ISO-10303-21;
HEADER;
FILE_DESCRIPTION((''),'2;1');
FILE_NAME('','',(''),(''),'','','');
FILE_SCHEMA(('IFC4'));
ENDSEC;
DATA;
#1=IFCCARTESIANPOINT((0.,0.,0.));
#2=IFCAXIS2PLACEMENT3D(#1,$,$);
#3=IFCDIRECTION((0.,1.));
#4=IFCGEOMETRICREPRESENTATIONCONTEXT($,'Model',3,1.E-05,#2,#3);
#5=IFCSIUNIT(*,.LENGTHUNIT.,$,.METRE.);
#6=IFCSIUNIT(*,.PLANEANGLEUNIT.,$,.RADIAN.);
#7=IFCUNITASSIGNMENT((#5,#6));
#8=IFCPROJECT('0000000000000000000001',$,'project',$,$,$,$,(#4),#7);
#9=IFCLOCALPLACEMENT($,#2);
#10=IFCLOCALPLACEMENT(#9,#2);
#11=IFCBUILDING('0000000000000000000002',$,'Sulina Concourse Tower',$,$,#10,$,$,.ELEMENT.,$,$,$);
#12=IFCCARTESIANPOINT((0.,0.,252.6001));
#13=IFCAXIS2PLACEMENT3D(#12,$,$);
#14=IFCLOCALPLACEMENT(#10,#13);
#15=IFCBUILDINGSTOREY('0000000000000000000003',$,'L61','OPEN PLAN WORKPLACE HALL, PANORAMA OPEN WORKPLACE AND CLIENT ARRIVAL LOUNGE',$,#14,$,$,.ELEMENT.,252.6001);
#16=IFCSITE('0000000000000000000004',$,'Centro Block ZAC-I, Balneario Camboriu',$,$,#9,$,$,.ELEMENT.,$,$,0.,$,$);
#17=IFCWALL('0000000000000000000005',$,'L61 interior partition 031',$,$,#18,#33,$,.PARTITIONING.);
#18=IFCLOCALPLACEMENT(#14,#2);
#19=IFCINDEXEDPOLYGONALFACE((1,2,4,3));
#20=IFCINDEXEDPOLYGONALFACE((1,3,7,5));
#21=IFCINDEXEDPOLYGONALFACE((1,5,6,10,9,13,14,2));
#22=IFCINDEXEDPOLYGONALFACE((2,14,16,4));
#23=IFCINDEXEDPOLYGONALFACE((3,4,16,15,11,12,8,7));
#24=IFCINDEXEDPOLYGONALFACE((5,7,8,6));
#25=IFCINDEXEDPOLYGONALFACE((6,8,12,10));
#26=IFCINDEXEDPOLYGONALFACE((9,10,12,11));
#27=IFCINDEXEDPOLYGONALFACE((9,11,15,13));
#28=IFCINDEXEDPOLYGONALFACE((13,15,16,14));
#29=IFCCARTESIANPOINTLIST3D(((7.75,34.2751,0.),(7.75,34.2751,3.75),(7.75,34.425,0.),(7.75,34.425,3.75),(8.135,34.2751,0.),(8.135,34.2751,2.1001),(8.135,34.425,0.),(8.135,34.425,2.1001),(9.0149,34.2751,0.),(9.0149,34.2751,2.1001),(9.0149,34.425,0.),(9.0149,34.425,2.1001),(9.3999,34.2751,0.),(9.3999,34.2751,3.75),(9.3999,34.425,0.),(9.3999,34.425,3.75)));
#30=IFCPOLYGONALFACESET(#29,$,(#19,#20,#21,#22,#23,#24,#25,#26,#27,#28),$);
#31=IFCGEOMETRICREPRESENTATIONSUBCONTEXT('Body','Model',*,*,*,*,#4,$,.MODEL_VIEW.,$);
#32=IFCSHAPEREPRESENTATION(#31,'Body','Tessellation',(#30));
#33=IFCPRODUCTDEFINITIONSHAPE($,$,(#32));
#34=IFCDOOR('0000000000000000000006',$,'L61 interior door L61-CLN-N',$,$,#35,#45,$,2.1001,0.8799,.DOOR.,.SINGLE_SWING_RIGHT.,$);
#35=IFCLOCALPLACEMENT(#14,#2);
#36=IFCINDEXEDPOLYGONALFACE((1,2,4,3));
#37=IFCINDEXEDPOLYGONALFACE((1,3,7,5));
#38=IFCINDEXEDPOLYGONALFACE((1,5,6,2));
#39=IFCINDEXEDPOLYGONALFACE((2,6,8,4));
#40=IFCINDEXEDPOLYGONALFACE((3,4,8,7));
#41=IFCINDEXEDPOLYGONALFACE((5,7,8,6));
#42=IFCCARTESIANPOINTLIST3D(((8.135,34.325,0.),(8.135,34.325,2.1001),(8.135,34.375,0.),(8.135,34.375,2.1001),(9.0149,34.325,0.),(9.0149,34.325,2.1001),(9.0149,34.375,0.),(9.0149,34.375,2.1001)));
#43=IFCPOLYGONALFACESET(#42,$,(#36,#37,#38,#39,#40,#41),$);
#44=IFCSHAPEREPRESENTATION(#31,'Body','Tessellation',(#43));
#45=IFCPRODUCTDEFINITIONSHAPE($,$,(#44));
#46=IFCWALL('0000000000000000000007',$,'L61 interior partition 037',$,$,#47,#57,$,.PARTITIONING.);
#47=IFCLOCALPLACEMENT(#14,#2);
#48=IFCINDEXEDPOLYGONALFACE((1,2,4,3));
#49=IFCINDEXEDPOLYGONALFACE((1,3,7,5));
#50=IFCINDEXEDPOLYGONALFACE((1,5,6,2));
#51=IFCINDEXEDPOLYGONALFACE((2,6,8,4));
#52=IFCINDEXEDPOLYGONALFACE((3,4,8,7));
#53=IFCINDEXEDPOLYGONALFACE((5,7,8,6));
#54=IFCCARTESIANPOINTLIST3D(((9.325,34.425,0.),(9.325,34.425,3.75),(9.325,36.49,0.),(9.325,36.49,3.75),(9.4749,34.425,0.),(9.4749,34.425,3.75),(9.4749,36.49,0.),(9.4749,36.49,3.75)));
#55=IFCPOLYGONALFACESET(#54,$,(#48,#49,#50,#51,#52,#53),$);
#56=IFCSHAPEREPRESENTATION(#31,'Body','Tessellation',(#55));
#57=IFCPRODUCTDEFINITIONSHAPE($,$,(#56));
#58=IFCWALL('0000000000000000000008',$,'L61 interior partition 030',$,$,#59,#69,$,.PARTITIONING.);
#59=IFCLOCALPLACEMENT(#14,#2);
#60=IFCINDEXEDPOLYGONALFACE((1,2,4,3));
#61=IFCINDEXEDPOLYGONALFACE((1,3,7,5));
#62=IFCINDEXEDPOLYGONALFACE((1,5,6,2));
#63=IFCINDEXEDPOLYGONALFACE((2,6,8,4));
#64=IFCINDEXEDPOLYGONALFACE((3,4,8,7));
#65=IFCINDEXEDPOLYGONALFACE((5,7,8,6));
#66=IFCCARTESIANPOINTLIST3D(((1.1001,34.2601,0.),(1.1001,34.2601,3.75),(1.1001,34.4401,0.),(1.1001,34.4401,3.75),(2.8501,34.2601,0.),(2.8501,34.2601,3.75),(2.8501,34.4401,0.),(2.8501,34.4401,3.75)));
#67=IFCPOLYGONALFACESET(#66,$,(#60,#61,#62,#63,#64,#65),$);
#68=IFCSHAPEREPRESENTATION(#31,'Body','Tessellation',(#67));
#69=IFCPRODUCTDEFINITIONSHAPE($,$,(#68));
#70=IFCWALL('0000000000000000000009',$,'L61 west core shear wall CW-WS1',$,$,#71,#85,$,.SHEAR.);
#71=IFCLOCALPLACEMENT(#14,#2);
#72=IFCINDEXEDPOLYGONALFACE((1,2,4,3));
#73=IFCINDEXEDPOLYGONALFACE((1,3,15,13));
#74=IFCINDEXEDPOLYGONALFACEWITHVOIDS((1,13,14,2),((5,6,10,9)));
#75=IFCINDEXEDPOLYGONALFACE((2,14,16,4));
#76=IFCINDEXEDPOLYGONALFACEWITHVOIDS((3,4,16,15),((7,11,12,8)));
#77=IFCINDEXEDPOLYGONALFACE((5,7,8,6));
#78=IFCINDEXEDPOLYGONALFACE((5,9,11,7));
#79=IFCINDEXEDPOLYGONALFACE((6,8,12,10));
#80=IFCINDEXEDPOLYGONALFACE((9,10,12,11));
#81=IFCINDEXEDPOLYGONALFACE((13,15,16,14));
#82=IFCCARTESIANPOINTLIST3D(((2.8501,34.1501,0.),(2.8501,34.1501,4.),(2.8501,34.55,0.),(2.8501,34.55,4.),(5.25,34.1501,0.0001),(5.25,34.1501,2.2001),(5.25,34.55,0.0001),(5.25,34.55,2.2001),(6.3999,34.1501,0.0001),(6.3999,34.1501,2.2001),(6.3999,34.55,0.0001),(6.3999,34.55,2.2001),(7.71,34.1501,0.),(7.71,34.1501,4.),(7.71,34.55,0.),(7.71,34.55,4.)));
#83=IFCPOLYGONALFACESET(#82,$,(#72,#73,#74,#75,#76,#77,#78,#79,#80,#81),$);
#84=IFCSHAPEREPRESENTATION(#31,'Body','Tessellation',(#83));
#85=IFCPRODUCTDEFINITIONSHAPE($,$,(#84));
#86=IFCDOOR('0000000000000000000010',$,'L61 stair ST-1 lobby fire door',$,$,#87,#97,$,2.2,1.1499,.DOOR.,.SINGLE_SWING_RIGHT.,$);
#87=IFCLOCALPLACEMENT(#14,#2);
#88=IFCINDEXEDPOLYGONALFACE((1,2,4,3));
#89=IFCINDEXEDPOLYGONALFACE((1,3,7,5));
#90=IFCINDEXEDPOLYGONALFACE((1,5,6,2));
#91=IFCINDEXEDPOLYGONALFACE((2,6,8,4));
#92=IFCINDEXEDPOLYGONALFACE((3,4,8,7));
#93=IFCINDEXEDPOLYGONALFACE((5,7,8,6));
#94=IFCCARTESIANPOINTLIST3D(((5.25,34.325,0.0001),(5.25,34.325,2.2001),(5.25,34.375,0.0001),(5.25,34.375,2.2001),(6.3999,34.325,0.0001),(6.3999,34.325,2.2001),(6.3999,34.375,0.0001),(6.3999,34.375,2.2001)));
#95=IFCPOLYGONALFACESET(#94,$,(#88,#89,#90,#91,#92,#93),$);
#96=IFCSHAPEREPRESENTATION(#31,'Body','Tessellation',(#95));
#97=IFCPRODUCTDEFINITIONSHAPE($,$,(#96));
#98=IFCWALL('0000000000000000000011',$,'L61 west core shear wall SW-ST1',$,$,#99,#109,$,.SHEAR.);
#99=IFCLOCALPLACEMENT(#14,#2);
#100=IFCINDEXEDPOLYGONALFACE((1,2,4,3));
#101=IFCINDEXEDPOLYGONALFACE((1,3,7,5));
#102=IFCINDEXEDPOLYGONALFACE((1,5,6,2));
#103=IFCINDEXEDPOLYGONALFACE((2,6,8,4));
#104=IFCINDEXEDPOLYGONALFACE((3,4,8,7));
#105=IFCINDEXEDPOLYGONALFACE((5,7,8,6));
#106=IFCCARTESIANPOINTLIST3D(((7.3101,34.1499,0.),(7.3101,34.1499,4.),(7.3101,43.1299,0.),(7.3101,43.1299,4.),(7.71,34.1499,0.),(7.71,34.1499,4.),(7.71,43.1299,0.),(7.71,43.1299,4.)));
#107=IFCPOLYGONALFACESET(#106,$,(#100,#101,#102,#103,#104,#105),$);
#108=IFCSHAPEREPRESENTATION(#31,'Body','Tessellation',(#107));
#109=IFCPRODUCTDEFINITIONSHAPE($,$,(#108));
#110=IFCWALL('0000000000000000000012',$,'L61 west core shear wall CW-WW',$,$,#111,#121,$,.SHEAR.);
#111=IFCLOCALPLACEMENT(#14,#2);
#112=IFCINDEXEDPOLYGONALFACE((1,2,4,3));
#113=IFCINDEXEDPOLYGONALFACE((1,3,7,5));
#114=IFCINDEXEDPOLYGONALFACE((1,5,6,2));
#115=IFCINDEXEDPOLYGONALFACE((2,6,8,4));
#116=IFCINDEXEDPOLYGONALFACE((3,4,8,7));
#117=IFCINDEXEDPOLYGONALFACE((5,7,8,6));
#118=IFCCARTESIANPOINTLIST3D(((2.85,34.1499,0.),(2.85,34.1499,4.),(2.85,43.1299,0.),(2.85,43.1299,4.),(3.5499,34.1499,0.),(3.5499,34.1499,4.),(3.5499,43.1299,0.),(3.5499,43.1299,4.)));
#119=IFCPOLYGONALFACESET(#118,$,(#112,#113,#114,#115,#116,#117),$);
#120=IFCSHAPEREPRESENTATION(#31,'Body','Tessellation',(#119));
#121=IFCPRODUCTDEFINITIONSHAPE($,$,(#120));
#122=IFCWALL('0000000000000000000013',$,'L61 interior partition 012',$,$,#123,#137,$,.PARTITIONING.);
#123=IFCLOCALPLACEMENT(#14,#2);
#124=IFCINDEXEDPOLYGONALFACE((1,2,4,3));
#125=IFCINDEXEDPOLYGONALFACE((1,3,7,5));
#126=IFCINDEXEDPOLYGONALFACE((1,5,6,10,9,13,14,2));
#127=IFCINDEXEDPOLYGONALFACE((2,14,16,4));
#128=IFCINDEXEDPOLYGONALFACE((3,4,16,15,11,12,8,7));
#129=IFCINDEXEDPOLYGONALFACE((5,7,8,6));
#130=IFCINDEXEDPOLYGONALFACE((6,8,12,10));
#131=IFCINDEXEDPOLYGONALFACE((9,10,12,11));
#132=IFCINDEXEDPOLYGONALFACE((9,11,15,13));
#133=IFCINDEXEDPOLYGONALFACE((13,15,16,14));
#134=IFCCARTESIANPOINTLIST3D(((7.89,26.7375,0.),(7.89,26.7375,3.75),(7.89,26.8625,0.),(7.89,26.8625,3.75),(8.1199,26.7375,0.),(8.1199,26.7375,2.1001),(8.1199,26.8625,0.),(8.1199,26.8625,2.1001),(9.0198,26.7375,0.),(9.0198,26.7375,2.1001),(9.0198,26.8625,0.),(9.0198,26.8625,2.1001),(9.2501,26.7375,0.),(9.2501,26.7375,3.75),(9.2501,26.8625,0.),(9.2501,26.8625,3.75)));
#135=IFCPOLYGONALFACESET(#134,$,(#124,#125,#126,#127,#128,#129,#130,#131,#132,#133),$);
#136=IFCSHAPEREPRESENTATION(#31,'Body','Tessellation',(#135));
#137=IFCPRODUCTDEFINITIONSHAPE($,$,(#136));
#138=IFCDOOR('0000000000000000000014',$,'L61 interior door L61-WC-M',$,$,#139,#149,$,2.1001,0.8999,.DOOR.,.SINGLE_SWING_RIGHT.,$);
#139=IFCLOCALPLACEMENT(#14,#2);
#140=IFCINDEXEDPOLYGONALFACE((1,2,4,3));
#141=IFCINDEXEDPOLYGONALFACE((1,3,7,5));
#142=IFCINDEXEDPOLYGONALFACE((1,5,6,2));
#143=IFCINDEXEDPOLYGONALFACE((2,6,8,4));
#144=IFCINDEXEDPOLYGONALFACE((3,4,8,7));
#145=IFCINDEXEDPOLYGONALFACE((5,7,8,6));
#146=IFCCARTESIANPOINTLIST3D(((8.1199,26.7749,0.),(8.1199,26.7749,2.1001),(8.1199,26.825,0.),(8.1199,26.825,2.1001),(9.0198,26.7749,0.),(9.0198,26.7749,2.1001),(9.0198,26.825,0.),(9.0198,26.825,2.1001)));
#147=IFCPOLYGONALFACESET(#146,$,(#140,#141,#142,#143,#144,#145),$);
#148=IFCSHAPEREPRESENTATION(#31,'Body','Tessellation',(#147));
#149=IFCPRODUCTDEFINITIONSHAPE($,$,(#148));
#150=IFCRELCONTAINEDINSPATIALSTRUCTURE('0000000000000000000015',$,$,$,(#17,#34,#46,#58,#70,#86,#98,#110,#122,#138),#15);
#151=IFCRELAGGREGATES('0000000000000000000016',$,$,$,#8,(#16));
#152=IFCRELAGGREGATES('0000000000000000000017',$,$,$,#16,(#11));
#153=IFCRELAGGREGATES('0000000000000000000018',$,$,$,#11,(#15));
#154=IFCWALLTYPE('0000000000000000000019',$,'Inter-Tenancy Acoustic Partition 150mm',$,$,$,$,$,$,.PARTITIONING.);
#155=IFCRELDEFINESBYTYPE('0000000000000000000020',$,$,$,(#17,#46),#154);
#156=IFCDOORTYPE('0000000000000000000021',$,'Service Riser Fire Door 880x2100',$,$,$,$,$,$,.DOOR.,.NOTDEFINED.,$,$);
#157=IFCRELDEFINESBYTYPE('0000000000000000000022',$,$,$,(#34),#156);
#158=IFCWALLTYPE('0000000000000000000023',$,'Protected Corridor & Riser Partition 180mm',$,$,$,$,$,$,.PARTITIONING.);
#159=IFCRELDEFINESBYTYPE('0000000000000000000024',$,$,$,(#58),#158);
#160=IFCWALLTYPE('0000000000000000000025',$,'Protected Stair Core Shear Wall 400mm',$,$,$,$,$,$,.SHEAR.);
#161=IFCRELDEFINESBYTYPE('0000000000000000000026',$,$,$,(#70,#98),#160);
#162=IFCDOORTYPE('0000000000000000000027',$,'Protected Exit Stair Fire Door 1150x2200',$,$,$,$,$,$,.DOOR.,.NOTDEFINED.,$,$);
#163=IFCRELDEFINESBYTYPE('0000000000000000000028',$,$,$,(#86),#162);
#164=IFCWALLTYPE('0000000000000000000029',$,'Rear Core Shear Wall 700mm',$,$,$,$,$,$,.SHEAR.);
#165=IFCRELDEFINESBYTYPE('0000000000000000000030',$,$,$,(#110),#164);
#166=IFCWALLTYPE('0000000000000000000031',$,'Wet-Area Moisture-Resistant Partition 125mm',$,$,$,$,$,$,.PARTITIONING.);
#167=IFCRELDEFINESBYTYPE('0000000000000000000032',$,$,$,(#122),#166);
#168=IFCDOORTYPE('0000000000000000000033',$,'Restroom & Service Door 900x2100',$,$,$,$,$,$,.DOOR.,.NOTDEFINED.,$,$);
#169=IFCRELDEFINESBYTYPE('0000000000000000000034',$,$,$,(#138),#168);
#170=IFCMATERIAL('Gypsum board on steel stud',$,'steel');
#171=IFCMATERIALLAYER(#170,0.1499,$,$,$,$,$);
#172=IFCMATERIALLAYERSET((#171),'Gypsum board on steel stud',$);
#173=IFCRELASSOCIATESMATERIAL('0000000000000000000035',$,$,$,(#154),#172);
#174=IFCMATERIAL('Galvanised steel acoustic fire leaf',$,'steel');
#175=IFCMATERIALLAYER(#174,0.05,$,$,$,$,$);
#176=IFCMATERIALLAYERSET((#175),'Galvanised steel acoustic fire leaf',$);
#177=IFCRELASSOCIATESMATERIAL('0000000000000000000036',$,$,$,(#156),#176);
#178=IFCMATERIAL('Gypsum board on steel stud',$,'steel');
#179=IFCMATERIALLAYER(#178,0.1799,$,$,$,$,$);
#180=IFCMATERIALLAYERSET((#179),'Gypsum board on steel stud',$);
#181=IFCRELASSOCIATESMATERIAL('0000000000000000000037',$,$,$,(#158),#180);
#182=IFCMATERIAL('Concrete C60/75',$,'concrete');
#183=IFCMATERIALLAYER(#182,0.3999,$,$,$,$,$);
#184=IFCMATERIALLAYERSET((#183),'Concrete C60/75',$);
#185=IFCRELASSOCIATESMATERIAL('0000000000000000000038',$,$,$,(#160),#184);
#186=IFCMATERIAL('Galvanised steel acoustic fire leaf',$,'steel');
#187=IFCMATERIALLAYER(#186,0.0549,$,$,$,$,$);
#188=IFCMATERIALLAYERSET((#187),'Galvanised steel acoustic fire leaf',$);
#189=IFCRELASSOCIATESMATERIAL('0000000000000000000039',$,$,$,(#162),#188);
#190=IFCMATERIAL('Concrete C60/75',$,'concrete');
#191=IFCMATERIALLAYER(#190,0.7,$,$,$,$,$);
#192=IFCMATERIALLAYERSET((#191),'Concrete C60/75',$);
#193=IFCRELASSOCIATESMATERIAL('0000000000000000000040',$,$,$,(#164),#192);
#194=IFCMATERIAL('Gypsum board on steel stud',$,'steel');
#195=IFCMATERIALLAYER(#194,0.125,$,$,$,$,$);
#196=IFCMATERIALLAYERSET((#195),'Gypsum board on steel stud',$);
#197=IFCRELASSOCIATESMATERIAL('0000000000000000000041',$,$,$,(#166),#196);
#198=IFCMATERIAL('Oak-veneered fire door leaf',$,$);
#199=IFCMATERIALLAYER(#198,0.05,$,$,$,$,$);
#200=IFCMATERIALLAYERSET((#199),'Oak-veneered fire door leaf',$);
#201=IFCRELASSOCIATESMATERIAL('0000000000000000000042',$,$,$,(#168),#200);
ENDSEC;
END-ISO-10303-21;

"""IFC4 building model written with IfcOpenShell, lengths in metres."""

from ifc_helpers import new_model, si_unit, direction, frame, frame_2d, origin, place, context, subcontext, project, spatial, rectangle, extrude, material, layer, layer_set, type_object, element, fill, save


model = new_model("IFC4")

# Units and contexts
model_context = context("Model", 3, precision=1e-05, world=origin(), true_north=direction((0.0, 1.0)))
body_context = subcontext(model_context, "Body", "Model", "MODEL_VIEW")
ifc_project = project(units=[si_unit("LENGTHUNIT", "METRE"), si_unit("PLANEANGLEUNIT", "RADIAN")], contexts=[model_context])

# Site, building, storey
site_placement = place(None, origin())
site = spatial("IfcSite", under=ifc_project, at=site_placement, Name="Centro Block ZAC-I, Balneario Camboriu", CompositionType="ELEMENT", RefElevation=0.0)
building_placement = place(site_placement, origin())
building = spatial("IfcBuilding", under=site, at=building_placement, Name="Sulina Concourse Tower", CompositionType="ELEMENT")
storey_placement = place(building_placement, frame((0.0, 0.0, 252.6001)))
storey = spatial("IfcBuildingStorey", under=building, at=storey_placement, Name="L61", Description="OPEN PLAN WORKPLACE HALL, PANORAMA OPEN WORKPLACE AND CLIENT ARRIVAL LOUNGE", CompositionType="ELEMENT", Elevation=252.6001)

# Wall, opening, door
ifc_material_1 = material(Name="Gypsum board on steel stud", Category="steel")
ifc_layer_1 = layer(ifc_material_1, 0.1499)
ifc_layer_set_1 = layer_set([ifc_layer_1], Name="Gypsum board on steel stud")
wall_type_1 = type_object("IfcWallType", Name="Inter-Tenancy Acoustic Partition 150mm", PredefinedType="PARTITIONING", material=ifc_layer_set_1)
wall_1_placement = place(storey_placement, frame((7.75, 34.3501, 0.0), z_axis=(0.0, 0.0, 1.0), x_axis=(1.0, 0.0, 0.0)))
wall_1 = element("IfcWall", 1, at=wall_1_placement, inside=storey, type_object=wall_type_1, Name="L61 interior partition 031", PredefinedType="PARTITIONING", context=body_context, shape_type="SweptSolid", body=[
    extrude(rectangle(XDim=1.6499, YDim=0.1499, at=frame_2d((0.825, 0.0))), origin(), (0.0, 0.0, 1.0), 3.75),
])
opening_1_placement = place(wall_1_placement, frame((0.385, 0.0, 0.0)))
opening_1 = element("IfcOpeningElement", 2, at=opening_1_placement, cuts=wall_1, PredefinedType="OPENING", context=body_context, shape_type="SweptSolid", body=[
    extrude(rectangle(XDim=0.8799, YDim=2.1001, at=frame_2d((0.4399, 1.05))), frame((0.0, 0.085, 0.0), z_axis=(0.0, -1.0, 0.0), x_axis=(1.0, 0.0, 0.0)), (0.0, 0.0, 1.0), 0.1699),
])
ifc_material_2 = material(Name="Galvanised steel acoustic fire leaf", Category="steel")
ifc_layer_2 = layer(ifc_material_2, 0.05)
ifc_layer_set_2 = layer_set([ifc_layer_2], Name="Galvanised steel acoustic fire leaf")
door_type_1 = type_object("IfcDoorType", Name="Service Riser Fire Door 880x2100", OperationType="NOTDEFINED", PredefinedType="DOOR", material=ifc_layer_set_2)
door_1_placement = place(opening_1_placement, origin())
door_1 = element("IfcDoor", 3, at=door_1_placement, inside=storey, type_object=door_type_1, Name="L61 interior door L61-CLN-N", OperationType="SINGLE_SWING_RIGHT", OverallHeight=2.1001, OverallWidth=0.8799, PredefinedType="DOOR", context=body_context, shape_type="SweptSolid", body=[
    extrude(rectangle(XDim=0.8799, YDim=2.1001, at=frame_2d((0.4399, 1.05))), frame((0.0, 0.0249, 0.0), z_axis=(0.0, -1.0, 0.0), x_axis=(1.0, 0.0, 0.0)), (0.0, 0.0, 1.0), 0.05),
])
fill(opening_1, door_1)

# Walls
wall_2_placement = place(storey_placement, frame((9.3999, 34.425, 0.0), z_axis=(0.0, 0.0, 1.0), x_axis=(0.0, 1.0, 0.0)))
element("IfcWall", 4, at=wall_2_placement, inside=storey, type_object=wall_type_1, Name="L61 interior partition 037", PredefinedType="PARTITIONING", context=body_context, shape_type="SweptSolid", body=[
    extrude(rectangle(XDim=2.0649, YDim=0.1499, at=frame_2d((1.0325, 0.0))), origin(), (0.0, 0.0, 1.0), 3.75),
])
ifc_material_3 = material(Name="Gypsum board on steel stud", Category="steel")
ifc_layer_3 = layer(ifc_material_3, 0.1799)
ifc_layer_set_3 = layer_set([ifc_layer_3], Name="Gypsum board on steel stud")
wall_type_2 = type_object("IfcWallType", Name="Protected Corridor & Riser Partition 180mm", PredefinedType="PARTITIONING", material=ifc_layer_set_3)
wall_3_placement = place(storey_placement, frame((1.1001, 34.3501, 0.0), z_axis=(0.0, 0.0, 1.0), x_axis=(1.0, 0.0, 0.0)))
element("IfcWall", 5, at=wall_3_placement, inside=storey, type_object=wall_type_2, Name="L61 interior partition 030", PredefinedType="PARTITIONING", context=body_context, shape_type="SweptSolid", body=[
    extrude(rectangle(XDim=1.75, YDim=0.1799, at=frame_2d((0.875, 0.0))), origin(), (0.0, 0.0, 1.0), 3.75),
])

# Wall, opening, door
ifc_material_4 = material(Name="Concrete C60/75", Category="concrete")
ifc_layer_4 = layer(ifc_material_4, 0.3999)
ifc_layer_set_4 = layer_set([ifc_layer_4], Name="Concrete C60/75")
wall_type_3 = type_object("IfcWallType", Name="Protected Stair Core Shear Wall 400mm", PredefinedType="SHEAR", material=ifc_layer_set_4)
wall_4_placement = place(storey_placement, frame((2.8501, 34.3501, 0.0), z_axis=(0.0, 0.0, 1.0), x_axis=(1.0, 0.0, 0.0)))
wall_4 = element("IfcWall", 6, at=wall_4_placement, inside=storey, type_object=wall_type_3, Name="L61 west core shear wall CW-WS1", PredefinedType="SHEAR", context=body_context, shape_type="SweptSolid", body=[
    extrude(rectangle(XDim=4.8599, YDim=0.3999, at=frame_2d((2.4299, 0.0))), origin(), (0.0, 0.0, 1.0), 4.0),
])
opening_2_placement = place(wall_4_placement, frame((2.3999, 0.0, 0.0)))
opening_2 = element("IfcOpeningElement", 7, at=opening_2_placement, cuts=wall_4, PredefinedType="OPENING", context=body_context, shape_type="SweptSolid", body=[
    extrude(rectangle(XDim=1.1499, YDim=2.2, at=frame_2d((0.575, 1.1001))), frame((0.0, 0.21, 0.0), z_axis=(0.0, -1.0, 0.0), x_axis=(1.0, 0.0, 0.0)), (0.0, 0.0, 1.0), 0.4199),
])
ifc_material_5 = material(Name="Galvanised steel acoustic fire leaf", Category="steel")
ifc_layer_5 = layer(ifc_material_5, 0.0549)
ifc_layer_set_5 = layer_set([ifc_layer_5], Name="Galvanised steel acoustic fire leaf")
door_type_2 = type_object("IfcDoorType", Name="Protected Exit Stair Fire Door 1150x2200", OperationType="NOTDEFINED", PredefinedType="DOOR", material=ifc_layer_set_5)
door_2_placement = place(opening_2_placement, origin())
door_2 = element("IfcDoor", 8, at=door_2_placement, inside=storey, type_object=door_type_2, Name="L61 stair ST-1 lobby fire door", OperationType="SINGLE_SWING_RIGHT", OverallHeight=2.2, OverallWidth=1.1499, PredefinedType="DOOR", context=body_context, shape_type="SweptSolid", body=[
    extrude(rectangle(XDim=1.1499, YDim=2.2, at=frame_2d((0.575, 1.1001))), frame((0.0, 0.0249, 0.0), z_axis=(0.0, -1.0, 0.0), x_axis=(1.0, 0.0, 0.0)), (0.0, 0.0, 1.0), 0.05),
])
fill(opening_2, door_2)

# Walls
wall_5_placement = place(storey_placement, frame((7.51, 34.1499, 0.0), z_axis=(0.0, 0.0, 1.0), x_axis=(0.0, 1.0, 0.0)))
element("IfcWall", 9, at=wall_5_placement, inside=storey, type_object=wall_type_3, Name="L61 west core shear wall SW-ST1", PredefinedType="SHEAR", context=body_context, shape_type="SweptSolid", body=[
    extrude(rectangle(XDim=8.98, YDim=0.3999, at=frame_2d((4.49, 0.0))), origin(), (0.0, 0.0, 1.0), 4.0),
])
ifc_material_6 = material(Name="Concrete C60/75", Category="concrete")
ifc_layer_6 = layer(ifc_material_6, 0.7)
ifc_layer_set_6 = layer_set([ifc_layer_6], Name="Concrete C60/75")
wall_type_4 = type_object("IfcWallType", Name="Rear Core Shear Wall 700mm", PredefinedType="SHEAR", material=ifc_layer_set_6)
wall_6_placement = place(storey_placement, frame((3.2, 34.1499, 0.0), z_axis=(0.0, 0.0, 1.0), x_axis=(0.0, 1.0, 0.0)))
element("IfcWall", 10, at=wall_6_placement, inside=storey, type_object=wall_type_4, Name="L61 west core shear wall CW-WW", PredefinedType="SHEAR", context=body_context, shape_type="SweptSolid", body=[
    extrude(rectangle(XDim=8.98, YDim=0.7, at=frame_2d((4.49, 0.0))), origin(), (0.0, 0.0, 1.0), 4.0),
])

# Wall, opening, door
ifc_material_7 = material(Name="Gypsum board on steel stud", Category="steel")
ifc_layer_7 = layer(ifc_material_7, 0.125)
ifc_layer_set_7 = layer_set([ifc_layer_7], Name="Gypsum board on steel stud")
wall_type_5 = type_object("IfcWallType", Name="Wet-Area Moisture-Resistant Partition 125mm", PredefinedType="PARTITIONING", material=ifc_layer_set_7)
wall_7_placement = place(storey_placement, frame((7.8899, 26.8, 0.0), z_axis=(0.0, 0.0, 1.0), x_axis=(1.0, 0.0, 0.0)))
wall_7 = element("IfcWall", 11, at=wall_7_placement, inside=storey, type_object=wall_type_5, Name="L61 interior partition 012", PredefinedType="PARTITIONING", context=body_context, shape_type="SweptSolid", body=[
    extrude(rectangle(XDim=1.3601, YDim=0.125, at=frame_2d((0.6802, 0.0))), origin(), (0.0, 0.0, 1.0), 3.75),
])
opening_3_placement = place(wall_7_placement, frame((0.23, 0.0, 0.0)))
opening_3 = element("IfcOpeningElement", 12, at=opening_3_placement, cuts=wall_7, PredefinedType="OPENING", context=body_context, shape_type="SweptSolid", body=[
    extrude(rectangle(XDim=0.8999, YDim=2.1001, at=frame_2d((0.45, 1.05))), frame((0.0, 0.0725, 0.0), z_axis=(0.0, -1.0, 0.0), x_axis=(1.0, 0.0, 0.0)), (0.0, 0.0, 1.0), 0.145),
])
ifc_material_8 = material(Name="Oak-veneered fire door leaf")
ifc_layer_8 = layer(ifc_material_8, 0.05)
ifc_layer_set_8 = layer_set([ifc_layer_8], Name="Oak-veneered fire door leaf")
door_type_3 = type_object("IfcDoorType", Name="Restroom & Service Door 900x2100", OperationType="NOTDEFINED", PredefinedType="DOOR", material=ifc_layer_set_8)
door_3_placement = place(opening_3_placement, origin())
door_3 = element("IfcDoor", 13, at=door_3_placement, inside=storey, type_object=door_type_3, Name="L61 interior door L61-WC-M", OperationType="SINGLE_SWING_RIGHT", OverallHeight=2.1001, OverallWidth=0.8999, PredefinedType="DOOR", context=body_context, shape_type="SweptSolid", body=[
    extrude(rectangle(XDim=0.8999, YDim=2.1001, at=frame_2d((0.45, 1.05))), frame((0.0, 0.0249, 0.0), z_axis=(0.0, -1.0, 0.0), x_axis=(1.0, 0.0, 0.0)), (0.0, 0.0, 1.0), 0.05),
])
fill(opening_3, door_3)

save(model, "model.ifc")
